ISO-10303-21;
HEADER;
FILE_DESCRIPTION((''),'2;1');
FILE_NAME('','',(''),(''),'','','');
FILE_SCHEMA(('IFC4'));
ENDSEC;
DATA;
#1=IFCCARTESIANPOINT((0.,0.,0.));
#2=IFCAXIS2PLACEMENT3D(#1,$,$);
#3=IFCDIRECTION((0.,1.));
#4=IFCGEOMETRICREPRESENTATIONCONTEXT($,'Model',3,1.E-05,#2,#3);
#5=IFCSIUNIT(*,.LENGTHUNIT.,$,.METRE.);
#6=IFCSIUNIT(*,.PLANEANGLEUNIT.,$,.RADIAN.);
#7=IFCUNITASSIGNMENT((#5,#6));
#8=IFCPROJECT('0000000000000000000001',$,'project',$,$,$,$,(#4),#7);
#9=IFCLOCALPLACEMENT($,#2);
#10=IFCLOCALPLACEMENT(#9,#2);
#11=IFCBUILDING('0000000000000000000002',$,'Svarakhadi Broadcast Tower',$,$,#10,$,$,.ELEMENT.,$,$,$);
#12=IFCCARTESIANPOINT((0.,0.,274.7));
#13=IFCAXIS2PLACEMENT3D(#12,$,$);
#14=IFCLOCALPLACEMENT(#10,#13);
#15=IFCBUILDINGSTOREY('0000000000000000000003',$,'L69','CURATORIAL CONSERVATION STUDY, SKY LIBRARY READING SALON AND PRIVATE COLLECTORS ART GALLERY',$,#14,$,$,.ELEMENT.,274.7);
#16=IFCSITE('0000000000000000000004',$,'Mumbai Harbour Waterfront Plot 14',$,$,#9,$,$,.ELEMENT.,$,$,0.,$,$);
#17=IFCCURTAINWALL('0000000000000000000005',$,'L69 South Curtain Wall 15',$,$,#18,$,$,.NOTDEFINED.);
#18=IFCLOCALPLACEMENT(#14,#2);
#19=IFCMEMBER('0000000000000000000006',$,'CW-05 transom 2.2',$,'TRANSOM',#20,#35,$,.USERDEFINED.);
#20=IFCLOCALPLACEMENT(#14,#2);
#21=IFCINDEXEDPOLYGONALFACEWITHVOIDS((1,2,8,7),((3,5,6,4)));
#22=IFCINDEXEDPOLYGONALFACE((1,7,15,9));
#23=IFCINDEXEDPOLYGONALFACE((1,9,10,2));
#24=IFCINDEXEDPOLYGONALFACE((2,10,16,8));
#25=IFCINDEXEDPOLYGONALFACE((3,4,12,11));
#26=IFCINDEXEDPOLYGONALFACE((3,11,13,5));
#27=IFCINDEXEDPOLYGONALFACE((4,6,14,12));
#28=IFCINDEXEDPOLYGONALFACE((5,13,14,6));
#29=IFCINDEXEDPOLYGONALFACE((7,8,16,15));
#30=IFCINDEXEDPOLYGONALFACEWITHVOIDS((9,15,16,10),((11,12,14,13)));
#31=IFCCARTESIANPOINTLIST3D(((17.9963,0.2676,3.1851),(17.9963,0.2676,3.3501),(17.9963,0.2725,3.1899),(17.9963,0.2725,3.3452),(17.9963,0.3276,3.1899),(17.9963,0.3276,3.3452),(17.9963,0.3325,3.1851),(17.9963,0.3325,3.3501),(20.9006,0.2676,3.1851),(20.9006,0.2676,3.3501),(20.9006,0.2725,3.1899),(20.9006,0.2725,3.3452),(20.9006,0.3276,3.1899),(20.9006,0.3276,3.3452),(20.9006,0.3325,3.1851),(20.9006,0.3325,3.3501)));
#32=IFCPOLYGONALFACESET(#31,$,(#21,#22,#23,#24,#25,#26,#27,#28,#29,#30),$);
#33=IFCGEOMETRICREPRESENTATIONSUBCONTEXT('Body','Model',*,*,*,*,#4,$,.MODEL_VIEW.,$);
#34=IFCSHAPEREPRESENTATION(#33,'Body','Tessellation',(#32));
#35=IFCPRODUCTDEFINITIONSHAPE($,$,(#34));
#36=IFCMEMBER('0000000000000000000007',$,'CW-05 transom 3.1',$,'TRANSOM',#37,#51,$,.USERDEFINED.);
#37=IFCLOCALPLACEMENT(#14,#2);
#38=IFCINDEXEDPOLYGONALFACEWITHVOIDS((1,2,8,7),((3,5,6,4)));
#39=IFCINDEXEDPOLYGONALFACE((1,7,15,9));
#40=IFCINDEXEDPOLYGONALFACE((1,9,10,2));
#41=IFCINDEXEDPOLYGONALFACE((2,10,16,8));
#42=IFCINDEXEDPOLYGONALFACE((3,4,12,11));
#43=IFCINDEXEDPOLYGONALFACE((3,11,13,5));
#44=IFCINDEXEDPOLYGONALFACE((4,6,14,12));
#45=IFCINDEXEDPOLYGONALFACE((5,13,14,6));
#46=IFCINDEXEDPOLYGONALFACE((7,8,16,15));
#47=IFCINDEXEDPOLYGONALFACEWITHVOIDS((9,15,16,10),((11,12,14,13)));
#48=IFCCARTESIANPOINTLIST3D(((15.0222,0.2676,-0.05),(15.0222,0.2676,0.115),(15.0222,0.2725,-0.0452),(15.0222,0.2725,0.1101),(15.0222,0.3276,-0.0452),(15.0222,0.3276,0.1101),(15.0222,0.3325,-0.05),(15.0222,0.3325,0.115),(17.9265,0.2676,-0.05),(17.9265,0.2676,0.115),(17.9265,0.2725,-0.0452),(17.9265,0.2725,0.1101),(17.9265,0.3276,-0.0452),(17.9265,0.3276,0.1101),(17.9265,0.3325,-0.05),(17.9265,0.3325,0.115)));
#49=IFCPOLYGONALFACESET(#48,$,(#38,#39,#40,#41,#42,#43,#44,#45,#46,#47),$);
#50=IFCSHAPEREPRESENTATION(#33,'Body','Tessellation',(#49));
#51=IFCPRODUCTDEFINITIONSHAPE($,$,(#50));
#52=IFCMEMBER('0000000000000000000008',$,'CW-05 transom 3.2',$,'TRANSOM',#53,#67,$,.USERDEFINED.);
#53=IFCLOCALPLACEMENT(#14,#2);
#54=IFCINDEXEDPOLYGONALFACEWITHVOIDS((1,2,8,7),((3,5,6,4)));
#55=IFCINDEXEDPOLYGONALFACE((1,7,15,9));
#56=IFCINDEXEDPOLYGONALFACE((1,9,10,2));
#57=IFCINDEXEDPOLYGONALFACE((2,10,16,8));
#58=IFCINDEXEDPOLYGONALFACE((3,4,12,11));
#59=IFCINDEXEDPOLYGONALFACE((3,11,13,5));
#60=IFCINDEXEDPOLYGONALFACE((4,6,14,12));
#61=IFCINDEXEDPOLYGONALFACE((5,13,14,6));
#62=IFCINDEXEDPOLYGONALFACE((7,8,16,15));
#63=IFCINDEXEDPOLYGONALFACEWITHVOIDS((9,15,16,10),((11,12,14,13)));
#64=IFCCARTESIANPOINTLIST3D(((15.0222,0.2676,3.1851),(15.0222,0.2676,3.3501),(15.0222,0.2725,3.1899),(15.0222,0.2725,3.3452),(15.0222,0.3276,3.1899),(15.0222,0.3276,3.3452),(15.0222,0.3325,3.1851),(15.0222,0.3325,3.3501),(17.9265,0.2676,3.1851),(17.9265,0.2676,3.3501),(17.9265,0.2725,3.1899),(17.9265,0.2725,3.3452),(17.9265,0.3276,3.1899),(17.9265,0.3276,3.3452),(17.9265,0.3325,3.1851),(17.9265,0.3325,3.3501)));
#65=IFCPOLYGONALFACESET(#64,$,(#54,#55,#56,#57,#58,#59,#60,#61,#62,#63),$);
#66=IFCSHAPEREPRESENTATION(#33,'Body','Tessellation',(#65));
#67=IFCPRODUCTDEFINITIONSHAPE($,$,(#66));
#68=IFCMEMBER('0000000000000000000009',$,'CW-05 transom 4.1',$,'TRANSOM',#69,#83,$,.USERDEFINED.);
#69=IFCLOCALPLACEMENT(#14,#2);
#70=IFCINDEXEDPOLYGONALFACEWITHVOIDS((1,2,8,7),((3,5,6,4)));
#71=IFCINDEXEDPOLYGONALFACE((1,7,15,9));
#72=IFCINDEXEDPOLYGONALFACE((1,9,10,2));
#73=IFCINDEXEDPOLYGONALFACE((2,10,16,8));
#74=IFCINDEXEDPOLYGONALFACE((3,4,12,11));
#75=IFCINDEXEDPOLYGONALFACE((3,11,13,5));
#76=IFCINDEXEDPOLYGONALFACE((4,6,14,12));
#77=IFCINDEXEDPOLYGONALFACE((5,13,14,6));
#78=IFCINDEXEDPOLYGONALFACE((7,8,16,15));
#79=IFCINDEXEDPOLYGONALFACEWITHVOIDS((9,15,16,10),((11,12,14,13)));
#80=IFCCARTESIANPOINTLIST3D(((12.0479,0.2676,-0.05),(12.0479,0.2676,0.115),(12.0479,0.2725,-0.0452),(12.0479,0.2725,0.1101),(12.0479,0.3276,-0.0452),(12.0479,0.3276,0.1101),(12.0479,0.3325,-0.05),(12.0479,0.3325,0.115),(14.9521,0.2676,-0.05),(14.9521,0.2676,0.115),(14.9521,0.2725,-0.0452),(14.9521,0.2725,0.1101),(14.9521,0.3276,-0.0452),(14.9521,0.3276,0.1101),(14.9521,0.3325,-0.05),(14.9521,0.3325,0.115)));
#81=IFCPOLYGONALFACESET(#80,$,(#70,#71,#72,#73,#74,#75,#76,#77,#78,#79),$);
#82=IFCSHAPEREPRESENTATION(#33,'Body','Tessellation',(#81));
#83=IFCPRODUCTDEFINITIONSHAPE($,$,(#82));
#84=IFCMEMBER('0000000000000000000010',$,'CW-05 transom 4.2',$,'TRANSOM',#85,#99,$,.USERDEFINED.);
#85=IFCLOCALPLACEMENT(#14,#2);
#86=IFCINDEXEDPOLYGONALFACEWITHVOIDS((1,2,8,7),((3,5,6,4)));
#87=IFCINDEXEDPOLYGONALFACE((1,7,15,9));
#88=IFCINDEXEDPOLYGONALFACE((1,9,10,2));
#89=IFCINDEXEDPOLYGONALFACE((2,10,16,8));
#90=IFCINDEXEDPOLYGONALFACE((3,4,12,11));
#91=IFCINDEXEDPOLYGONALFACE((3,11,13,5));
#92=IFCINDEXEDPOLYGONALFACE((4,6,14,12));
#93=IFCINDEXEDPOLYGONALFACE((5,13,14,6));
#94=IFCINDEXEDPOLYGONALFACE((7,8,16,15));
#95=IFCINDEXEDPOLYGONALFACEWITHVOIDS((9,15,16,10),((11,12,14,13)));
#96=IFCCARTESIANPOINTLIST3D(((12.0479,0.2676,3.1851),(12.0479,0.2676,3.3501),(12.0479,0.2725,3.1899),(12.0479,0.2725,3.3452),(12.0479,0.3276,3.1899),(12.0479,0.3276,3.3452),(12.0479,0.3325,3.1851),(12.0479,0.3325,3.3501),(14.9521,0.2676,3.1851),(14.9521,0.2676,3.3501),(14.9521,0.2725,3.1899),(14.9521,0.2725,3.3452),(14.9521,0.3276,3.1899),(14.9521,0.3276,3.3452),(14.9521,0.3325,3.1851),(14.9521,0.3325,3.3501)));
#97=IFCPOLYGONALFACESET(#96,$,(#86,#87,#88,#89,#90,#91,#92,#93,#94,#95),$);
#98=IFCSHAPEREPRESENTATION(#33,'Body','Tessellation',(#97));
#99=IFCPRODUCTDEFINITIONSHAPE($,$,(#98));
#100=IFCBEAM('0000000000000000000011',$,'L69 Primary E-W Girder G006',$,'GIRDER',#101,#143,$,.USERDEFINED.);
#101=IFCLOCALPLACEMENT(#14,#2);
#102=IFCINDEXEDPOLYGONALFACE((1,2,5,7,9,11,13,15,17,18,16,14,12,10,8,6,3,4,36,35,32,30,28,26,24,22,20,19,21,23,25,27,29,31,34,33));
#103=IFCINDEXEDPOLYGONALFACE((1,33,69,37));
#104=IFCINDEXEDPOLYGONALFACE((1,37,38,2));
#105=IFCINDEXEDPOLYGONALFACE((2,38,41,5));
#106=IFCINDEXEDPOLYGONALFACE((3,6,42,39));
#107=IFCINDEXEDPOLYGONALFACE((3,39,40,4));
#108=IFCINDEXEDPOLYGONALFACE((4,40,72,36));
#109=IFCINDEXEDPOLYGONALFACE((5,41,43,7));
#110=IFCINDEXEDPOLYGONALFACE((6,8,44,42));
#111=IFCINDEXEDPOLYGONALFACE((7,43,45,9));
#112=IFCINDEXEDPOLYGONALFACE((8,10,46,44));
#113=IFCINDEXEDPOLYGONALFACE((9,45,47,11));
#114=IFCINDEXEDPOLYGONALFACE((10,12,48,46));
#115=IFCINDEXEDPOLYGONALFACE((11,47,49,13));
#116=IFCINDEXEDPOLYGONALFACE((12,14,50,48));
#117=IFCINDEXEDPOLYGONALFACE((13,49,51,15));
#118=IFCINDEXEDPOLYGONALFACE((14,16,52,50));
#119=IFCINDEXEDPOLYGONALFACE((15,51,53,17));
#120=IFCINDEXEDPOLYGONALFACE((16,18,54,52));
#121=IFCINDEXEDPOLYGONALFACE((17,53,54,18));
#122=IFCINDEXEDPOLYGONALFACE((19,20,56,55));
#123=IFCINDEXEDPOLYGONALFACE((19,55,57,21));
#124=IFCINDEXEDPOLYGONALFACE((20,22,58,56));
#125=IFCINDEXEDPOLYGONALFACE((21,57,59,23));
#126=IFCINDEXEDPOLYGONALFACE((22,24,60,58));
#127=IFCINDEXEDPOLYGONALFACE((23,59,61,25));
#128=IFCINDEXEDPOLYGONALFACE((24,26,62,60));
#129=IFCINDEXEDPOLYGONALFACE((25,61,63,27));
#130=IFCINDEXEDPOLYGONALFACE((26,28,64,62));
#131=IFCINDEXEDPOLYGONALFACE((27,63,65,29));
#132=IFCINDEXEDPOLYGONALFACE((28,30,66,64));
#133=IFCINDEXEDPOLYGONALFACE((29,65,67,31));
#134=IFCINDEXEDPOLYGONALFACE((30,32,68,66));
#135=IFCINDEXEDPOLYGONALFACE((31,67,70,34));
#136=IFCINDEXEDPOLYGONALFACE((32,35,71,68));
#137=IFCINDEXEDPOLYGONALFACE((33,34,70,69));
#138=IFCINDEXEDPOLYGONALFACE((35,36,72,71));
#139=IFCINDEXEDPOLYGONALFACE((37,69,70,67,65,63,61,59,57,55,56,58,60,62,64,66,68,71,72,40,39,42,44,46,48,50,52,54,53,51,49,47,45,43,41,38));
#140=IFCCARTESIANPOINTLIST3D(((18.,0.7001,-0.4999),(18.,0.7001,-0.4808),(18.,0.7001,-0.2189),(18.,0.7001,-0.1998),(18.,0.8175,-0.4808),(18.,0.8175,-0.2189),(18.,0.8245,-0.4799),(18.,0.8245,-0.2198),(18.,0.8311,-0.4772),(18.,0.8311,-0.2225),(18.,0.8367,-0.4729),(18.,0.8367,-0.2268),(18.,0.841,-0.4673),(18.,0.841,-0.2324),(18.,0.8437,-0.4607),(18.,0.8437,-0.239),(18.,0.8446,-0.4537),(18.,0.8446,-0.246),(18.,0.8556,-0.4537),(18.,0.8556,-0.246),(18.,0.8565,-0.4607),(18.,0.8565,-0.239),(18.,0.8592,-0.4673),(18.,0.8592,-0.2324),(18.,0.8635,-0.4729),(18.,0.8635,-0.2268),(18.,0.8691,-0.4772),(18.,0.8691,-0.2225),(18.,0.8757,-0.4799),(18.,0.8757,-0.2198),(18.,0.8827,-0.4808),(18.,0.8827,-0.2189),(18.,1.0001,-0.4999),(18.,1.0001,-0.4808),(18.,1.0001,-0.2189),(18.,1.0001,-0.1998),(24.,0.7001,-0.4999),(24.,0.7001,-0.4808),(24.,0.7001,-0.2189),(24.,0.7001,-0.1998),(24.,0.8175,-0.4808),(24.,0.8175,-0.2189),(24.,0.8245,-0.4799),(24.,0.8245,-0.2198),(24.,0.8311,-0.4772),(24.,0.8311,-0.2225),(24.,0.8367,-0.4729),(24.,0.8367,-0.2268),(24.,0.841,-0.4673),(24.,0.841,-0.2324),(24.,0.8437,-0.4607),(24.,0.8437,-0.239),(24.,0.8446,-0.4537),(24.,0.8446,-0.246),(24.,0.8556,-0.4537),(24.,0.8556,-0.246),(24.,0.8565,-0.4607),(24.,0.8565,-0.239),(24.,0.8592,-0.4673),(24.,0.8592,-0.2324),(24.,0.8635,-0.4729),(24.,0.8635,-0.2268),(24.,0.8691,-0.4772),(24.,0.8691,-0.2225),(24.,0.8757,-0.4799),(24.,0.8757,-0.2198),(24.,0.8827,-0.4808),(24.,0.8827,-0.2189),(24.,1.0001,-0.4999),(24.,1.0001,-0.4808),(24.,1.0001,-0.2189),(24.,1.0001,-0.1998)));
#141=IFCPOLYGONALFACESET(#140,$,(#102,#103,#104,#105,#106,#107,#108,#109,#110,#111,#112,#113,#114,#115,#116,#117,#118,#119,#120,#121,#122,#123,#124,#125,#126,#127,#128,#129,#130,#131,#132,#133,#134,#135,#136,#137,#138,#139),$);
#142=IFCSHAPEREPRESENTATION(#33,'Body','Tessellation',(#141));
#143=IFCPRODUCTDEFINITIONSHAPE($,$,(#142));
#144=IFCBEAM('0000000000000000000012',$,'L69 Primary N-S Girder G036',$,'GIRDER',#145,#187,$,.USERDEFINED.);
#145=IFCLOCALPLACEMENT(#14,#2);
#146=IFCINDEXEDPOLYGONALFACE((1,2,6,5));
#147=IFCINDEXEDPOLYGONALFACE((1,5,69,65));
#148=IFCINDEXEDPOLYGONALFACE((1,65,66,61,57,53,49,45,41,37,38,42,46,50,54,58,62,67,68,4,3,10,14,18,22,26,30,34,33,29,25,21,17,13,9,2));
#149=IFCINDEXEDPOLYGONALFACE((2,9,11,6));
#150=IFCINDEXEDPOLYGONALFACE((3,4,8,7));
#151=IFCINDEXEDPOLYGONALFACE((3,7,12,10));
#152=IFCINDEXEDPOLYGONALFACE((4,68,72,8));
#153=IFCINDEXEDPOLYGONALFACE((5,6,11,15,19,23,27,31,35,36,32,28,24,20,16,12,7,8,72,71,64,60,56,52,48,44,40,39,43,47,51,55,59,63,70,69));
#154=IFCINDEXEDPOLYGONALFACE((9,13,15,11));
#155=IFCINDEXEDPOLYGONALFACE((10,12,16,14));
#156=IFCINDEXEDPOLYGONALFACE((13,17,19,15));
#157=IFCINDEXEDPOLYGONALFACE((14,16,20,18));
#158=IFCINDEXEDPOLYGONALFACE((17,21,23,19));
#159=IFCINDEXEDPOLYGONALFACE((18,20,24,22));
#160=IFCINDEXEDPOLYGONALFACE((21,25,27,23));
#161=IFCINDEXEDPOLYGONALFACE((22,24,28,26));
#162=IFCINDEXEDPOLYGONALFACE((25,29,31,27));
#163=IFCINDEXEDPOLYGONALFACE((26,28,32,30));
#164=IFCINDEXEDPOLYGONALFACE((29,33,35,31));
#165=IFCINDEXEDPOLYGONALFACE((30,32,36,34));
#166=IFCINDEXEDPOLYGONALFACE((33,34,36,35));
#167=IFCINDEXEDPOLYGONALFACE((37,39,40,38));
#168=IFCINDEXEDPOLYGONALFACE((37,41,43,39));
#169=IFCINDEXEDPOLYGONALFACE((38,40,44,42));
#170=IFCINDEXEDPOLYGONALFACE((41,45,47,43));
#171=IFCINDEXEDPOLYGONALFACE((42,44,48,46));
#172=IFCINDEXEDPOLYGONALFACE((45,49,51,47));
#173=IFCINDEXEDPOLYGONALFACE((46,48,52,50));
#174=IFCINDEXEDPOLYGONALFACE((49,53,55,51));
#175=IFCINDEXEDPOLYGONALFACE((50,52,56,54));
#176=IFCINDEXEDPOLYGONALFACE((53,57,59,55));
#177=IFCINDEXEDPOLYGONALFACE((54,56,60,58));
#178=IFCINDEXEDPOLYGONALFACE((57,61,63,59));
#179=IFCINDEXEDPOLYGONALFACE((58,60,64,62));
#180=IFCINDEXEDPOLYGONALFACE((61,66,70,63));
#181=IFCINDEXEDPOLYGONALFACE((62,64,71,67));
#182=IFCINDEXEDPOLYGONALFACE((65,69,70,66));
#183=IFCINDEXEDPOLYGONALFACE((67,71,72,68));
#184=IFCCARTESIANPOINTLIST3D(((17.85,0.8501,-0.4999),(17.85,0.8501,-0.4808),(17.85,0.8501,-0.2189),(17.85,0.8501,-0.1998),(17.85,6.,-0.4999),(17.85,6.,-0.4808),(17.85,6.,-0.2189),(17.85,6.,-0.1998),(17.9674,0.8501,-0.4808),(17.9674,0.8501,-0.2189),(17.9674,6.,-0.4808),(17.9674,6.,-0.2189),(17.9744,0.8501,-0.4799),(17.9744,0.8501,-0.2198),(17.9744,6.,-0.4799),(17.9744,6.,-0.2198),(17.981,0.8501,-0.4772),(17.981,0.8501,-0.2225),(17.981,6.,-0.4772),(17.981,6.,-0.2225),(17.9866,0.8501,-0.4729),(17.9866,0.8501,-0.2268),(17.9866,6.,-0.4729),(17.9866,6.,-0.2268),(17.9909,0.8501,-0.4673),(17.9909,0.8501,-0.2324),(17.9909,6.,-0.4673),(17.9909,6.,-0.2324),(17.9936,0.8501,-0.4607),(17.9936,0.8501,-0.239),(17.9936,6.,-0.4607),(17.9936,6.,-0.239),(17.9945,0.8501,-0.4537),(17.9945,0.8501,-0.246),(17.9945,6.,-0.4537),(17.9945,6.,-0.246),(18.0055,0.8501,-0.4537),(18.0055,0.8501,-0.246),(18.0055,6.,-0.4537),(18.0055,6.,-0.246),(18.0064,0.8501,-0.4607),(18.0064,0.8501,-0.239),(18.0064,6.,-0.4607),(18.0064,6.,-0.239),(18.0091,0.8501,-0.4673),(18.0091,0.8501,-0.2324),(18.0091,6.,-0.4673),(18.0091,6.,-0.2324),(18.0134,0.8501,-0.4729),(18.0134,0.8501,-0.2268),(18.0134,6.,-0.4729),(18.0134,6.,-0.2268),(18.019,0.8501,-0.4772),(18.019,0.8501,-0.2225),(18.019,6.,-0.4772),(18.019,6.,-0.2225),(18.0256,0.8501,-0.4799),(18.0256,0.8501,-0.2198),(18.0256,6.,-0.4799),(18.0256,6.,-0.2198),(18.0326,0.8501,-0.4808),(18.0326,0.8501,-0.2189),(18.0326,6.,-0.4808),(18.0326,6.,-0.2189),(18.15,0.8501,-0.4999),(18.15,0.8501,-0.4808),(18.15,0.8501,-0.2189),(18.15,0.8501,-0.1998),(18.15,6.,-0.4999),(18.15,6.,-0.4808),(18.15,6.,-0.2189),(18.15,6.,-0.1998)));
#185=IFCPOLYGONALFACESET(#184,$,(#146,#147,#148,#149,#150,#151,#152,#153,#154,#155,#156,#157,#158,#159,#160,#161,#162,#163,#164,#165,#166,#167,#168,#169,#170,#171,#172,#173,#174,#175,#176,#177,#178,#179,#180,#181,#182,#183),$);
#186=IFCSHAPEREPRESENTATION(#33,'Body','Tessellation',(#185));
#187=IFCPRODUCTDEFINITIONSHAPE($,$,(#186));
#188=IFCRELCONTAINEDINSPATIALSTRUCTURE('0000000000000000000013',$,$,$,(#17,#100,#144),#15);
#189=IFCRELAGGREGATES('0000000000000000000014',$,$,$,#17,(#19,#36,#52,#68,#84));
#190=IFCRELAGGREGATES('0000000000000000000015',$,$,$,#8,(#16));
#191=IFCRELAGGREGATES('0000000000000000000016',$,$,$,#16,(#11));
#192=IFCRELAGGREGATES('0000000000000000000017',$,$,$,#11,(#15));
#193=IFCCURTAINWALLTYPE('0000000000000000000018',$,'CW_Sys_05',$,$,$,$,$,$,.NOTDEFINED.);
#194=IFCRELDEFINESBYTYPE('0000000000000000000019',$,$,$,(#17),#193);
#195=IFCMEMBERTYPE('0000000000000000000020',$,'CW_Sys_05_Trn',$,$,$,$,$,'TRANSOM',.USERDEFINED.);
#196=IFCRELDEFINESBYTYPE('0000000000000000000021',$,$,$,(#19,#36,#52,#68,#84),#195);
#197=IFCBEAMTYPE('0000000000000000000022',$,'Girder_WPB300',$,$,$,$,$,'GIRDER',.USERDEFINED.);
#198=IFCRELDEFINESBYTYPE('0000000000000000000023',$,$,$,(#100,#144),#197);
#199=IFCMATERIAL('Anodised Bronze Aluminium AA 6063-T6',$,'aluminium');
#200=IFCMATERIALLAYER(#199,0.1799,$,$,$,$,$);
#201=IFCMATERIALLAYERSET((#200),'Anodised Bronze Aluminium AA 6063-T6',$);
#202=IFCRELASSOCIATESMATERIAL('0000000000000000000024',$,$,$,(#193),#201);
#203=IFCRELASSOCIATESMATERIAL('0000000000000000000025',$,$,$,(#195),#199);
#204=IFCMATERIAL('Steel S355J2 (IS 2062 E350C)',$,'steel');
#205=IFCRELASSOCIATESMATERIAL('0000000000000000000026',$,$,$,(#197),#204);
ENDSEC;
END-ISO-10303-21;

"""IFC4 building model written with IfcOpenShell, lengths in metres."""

from ifc_helpers import new_model, si_unit, direction, frame, origin, origin_2d, place, context, subcontext, project, spatial, hollow_rectangle, i_section, extrude, material, layer, layer_set, material_profile, profile_set, type_object, element, aggregate, save


model = new_model("IFC4")

# Units and contexts
model_context = context("Model", 3, precision=1e-05, world=origin(), true_north=direction((0.0, 1.0)))
body_context = subcontext(model_context, "Body", "Model", "MODEL_VIEW")
ifc_project = project(units=[si_unit("LENGTHUNIT", "METRE"), si_unit("PLANEANGLEUNIT", "RADIAN")], contexts=[model_context])

# Site, building, storey
site_placement = place(None, origin())
site = spatial("IfcSite", under=ifc_project, at=site_placement, Name="Mumbai Harbour Waterfront Plot 14", CompositionType="ELEMENT", RefElevation=0.0)
building_placement = place(site_placement, origin())
building = spatial("IfcBuilding", under=site, at=building_placement, Name="Svarakhadi Broadcast Tower", CompositionType="ELEMENT")
storey_placement = place(building_placement, frame((0.0, 0.0, 274.7)))
storey = spatial("IfcBuildingStorey", under=building, at=storey_placement, Name="L69", Description="CURATORIAL CONSERVATION STUDY, SKY LIBRARY READING SALON AND PRIVATE COLLECTORS ART GALLERY", CompositionType="ELEMENT", Elevation=274.7)

# Curtain wall, members
ifc_material_1 = material(Name="Anodised Bronze Aluminium AA 6063-T6", Category="aluminium")
ifc_layer_1 = layer(ifc_material_1, 0.1799)
ifc_layer_set_1 = layer_set([ifc_layer_1], Name="Anodised Bronze Aluminium AA 6063-T6")
curtain_wall_type = type_object("IfcCurtainWallType", Name="CW_Sys_05", PredefinedType="NOTDEFINED", material=ifc_layer_set_1)
curtain_wall_placement = place(storey_placement, origin())
curtain_wall = element("IfcCurtainWall", 1, at=curtain_wall_placement, inside=storey, type_object=curtain_wall_type, Name="L69 South Curtain Wall 15", PredefinedType="NOTDEFINED")
ifc_material_profile_1 = material_profile(ifc_material_1, hollow_rectangle(XDim=0.0649, YDim=0.165, WallThickness=0.0049, at=origin_2d()), Name="ALU TRANSOM 165x65x5")
ifc_profile_set_1 = profile_set([ifc_material_profile_1], Name="Anodised Bronze Aluminium AA 6063-T6")
member_type_1 = type_object("IfcMemberType", Name="CW_Sys_05_Trn", ElementType="TRANSOM", PredefinedType="USERDEFINED", material=ifc_profile_set_1)
member_1_placement = place(storey_placement, frame((20.9006, 0.3, 3.2676), z_axis=(-1.0, 0.0, 0.0), x_axis=(0.0, -1.0, 0.0)))
member_1 = element("IfcMember", 2, at=member_1_placement, type_object=member_type_1, Name="CW-05 transom 2.2", ObjectType="TRANSOM", PredefinedType="USERDEFINED", context=body_context, shape_type="SweptSolid", body=[
    extrude(hollow_rectangle(XDim=0.0649, YDim=0.165, WallThickness=0.0049, at=origin_2d()), origin(), (0.0, 0.0, 1.0), 2.9043),
])
member_2_placement = place(storey_placement, frame((17.9265, 0.3, 0.0325), z_axis=(-1.0, 0.0, 0.0), x_axis=(0.0, -1.0, 0.0)))
member_2 = element("IfcMember", 3, at=member_2_placement, type_object=member_type_1, Name="CW-05 transom 3.1", ObjectType="TRANSOM", PredefinedType="USERDEFINED", context=body_context, shape_type="SweptSolid", body=[
    extrude(hollow_rectangle(XDim=0.0649, YDim=0.165, WallThickness=0.0049, at=origin_2d()), origin(), (0.0, 0.0, 1.0), 2.9043),
])
member_3_placement = place(storey_placement, frame((17.9265, 0.3, 3.2676), z_axis=(-1.0, 0.0, 0.0), x_axis=(0.0, -1.0, 0.0)))
member_3 = element("IfcMember", 4, at=member_3_placement, type_object=member_type_1, Name="CW-05 transom 3.2", ObjectType="TRANSOM", PredefinedType="USERDEFINED", context=body_context, shape_type="SweptSolid", body=[
    extrude(hollow_rectangle(XDim=0.0649, YDim=0.165, WallThickness=0.0049, at=origin_2d()), origin(), (0.0, 0.0, 1.0), 2.9043),
])
member_4_placement = place(storey_placement, frame((14.9521, 0.3, 0.0325), z_axis=(-1.0, 0.0, 0.0), x_axis=(0.0, -1.0, 0.0)))
member_4 = element("IfcMember", 5, at=member_4_placement, type_object=member_type_1, Name="CW-05 transom 4.1", ObjectType="TRANSOM", PredefinedType="USERDEFINED", context=body_context, shape_type="SweptSolid", body=[
    extrude(hollow_rectangle(XDim=0.0649, YDim=0.165, WallThickness=0.0049, at=origin_2d()), origin(), (0.0, 0.0, 1.0), 2.9043),
])
member_5_placement = place(storey_placement, frame((14.9521, 0.3, 3.2676), z_axis=(-1.0, 0.0, 0.0), x_axis=(0.0, -1.0, 0.0)))
member_5 = element("IfcMember", 6, at=member_5_placement, type_object=member_type_1, Name="CW-05 transom 4.2", ObjectType="TRANSOM", PredefinedType="USERDEFINED", context=body_context, shape_type="SweptSolid", body=[
    extrude(hollow_rectangle(XDim=0.0649, YDim=0.165, WallThickness=0.0049, at=origin_2d()), origin(), (0.0, 0.0, 1.0), 2.9043),
])

# Beams
ifc_material_2 = material(Name="Steel S355J2 (IS 2062 E350C)", Category="steel")
ifc_material_profile_2 = material_profile(ifc_material_2, i_section(OverallWidth=0.3, OverallDepth=0.3, WebThickness=0.011, FlangeThickness=0.019, FilletRadius=0.0271, at=origin_2d()), Name="WPB 300x300x117")
ifc_profile_set_2 = profile_set([ifc_material_profile_2], Name="Steel S355J2 (IS 2062 E350C)")
beam_type_1 = type_object("IfcBeamType", Name="Girder_WPB300", ElementType="GIRDER", PredefinedType="USERDEFINED", material=ifc_profile_set_2)
beam_1_placement = place(storey_placement, frame((18.0, 0.8501, -0.3499), z_axis=(1.0, 0.0, 0.0), x_axis=(0.0, 1.0, 0.0)))
element("IfcBeam", 7, at=beam_1_placement, inside=storey, type_object=beam_type_1, Name="L69 Primary E-W Girder G006", ObjectType="GIRDER", PredefinedType="USERDEFINED", context=body_context, shape_type="SweptSolid", body=[
    extrude(i_section(OverallWidth=0.3, OverallDepth=0.3, WebThickness=0.011, FlangeThickness=0.019, FilletRadius=0.0271, at=origin_2d()), origin(), (0.0, 0.0, 1.0), 6.0),
])
beam_2_placement = place(storey_placement, frame((18.0, 0.8501, -0.3499), z_axis=(0.0, 1.0, 0.0), x_axis=(-1.0, 0.0, 0.0)))
element("IfcBeam", 8, at=beam_2_placement, inside=storey, type_object=beam_type_1, Name="L69 Primary N-S Girder G036", ObjectType="GIRDER", PredefinedType="USERDEFINED", context=body_context, shape_type="SweptSolid", body=[
    extrude(i_section(OverallWidth=0.3, OverallDepth=0.3, WebThickness=0.011, FlangeThickness=0.019, FilletRadius=0.0271, at=origin_2d()), origin(), (0.0, 0.0, 1.0), 5.1499),
])

aggregate(curtain_wall, [member_1, member_2, member_3, member_4, member_5])

save(model, "model.ifc")
